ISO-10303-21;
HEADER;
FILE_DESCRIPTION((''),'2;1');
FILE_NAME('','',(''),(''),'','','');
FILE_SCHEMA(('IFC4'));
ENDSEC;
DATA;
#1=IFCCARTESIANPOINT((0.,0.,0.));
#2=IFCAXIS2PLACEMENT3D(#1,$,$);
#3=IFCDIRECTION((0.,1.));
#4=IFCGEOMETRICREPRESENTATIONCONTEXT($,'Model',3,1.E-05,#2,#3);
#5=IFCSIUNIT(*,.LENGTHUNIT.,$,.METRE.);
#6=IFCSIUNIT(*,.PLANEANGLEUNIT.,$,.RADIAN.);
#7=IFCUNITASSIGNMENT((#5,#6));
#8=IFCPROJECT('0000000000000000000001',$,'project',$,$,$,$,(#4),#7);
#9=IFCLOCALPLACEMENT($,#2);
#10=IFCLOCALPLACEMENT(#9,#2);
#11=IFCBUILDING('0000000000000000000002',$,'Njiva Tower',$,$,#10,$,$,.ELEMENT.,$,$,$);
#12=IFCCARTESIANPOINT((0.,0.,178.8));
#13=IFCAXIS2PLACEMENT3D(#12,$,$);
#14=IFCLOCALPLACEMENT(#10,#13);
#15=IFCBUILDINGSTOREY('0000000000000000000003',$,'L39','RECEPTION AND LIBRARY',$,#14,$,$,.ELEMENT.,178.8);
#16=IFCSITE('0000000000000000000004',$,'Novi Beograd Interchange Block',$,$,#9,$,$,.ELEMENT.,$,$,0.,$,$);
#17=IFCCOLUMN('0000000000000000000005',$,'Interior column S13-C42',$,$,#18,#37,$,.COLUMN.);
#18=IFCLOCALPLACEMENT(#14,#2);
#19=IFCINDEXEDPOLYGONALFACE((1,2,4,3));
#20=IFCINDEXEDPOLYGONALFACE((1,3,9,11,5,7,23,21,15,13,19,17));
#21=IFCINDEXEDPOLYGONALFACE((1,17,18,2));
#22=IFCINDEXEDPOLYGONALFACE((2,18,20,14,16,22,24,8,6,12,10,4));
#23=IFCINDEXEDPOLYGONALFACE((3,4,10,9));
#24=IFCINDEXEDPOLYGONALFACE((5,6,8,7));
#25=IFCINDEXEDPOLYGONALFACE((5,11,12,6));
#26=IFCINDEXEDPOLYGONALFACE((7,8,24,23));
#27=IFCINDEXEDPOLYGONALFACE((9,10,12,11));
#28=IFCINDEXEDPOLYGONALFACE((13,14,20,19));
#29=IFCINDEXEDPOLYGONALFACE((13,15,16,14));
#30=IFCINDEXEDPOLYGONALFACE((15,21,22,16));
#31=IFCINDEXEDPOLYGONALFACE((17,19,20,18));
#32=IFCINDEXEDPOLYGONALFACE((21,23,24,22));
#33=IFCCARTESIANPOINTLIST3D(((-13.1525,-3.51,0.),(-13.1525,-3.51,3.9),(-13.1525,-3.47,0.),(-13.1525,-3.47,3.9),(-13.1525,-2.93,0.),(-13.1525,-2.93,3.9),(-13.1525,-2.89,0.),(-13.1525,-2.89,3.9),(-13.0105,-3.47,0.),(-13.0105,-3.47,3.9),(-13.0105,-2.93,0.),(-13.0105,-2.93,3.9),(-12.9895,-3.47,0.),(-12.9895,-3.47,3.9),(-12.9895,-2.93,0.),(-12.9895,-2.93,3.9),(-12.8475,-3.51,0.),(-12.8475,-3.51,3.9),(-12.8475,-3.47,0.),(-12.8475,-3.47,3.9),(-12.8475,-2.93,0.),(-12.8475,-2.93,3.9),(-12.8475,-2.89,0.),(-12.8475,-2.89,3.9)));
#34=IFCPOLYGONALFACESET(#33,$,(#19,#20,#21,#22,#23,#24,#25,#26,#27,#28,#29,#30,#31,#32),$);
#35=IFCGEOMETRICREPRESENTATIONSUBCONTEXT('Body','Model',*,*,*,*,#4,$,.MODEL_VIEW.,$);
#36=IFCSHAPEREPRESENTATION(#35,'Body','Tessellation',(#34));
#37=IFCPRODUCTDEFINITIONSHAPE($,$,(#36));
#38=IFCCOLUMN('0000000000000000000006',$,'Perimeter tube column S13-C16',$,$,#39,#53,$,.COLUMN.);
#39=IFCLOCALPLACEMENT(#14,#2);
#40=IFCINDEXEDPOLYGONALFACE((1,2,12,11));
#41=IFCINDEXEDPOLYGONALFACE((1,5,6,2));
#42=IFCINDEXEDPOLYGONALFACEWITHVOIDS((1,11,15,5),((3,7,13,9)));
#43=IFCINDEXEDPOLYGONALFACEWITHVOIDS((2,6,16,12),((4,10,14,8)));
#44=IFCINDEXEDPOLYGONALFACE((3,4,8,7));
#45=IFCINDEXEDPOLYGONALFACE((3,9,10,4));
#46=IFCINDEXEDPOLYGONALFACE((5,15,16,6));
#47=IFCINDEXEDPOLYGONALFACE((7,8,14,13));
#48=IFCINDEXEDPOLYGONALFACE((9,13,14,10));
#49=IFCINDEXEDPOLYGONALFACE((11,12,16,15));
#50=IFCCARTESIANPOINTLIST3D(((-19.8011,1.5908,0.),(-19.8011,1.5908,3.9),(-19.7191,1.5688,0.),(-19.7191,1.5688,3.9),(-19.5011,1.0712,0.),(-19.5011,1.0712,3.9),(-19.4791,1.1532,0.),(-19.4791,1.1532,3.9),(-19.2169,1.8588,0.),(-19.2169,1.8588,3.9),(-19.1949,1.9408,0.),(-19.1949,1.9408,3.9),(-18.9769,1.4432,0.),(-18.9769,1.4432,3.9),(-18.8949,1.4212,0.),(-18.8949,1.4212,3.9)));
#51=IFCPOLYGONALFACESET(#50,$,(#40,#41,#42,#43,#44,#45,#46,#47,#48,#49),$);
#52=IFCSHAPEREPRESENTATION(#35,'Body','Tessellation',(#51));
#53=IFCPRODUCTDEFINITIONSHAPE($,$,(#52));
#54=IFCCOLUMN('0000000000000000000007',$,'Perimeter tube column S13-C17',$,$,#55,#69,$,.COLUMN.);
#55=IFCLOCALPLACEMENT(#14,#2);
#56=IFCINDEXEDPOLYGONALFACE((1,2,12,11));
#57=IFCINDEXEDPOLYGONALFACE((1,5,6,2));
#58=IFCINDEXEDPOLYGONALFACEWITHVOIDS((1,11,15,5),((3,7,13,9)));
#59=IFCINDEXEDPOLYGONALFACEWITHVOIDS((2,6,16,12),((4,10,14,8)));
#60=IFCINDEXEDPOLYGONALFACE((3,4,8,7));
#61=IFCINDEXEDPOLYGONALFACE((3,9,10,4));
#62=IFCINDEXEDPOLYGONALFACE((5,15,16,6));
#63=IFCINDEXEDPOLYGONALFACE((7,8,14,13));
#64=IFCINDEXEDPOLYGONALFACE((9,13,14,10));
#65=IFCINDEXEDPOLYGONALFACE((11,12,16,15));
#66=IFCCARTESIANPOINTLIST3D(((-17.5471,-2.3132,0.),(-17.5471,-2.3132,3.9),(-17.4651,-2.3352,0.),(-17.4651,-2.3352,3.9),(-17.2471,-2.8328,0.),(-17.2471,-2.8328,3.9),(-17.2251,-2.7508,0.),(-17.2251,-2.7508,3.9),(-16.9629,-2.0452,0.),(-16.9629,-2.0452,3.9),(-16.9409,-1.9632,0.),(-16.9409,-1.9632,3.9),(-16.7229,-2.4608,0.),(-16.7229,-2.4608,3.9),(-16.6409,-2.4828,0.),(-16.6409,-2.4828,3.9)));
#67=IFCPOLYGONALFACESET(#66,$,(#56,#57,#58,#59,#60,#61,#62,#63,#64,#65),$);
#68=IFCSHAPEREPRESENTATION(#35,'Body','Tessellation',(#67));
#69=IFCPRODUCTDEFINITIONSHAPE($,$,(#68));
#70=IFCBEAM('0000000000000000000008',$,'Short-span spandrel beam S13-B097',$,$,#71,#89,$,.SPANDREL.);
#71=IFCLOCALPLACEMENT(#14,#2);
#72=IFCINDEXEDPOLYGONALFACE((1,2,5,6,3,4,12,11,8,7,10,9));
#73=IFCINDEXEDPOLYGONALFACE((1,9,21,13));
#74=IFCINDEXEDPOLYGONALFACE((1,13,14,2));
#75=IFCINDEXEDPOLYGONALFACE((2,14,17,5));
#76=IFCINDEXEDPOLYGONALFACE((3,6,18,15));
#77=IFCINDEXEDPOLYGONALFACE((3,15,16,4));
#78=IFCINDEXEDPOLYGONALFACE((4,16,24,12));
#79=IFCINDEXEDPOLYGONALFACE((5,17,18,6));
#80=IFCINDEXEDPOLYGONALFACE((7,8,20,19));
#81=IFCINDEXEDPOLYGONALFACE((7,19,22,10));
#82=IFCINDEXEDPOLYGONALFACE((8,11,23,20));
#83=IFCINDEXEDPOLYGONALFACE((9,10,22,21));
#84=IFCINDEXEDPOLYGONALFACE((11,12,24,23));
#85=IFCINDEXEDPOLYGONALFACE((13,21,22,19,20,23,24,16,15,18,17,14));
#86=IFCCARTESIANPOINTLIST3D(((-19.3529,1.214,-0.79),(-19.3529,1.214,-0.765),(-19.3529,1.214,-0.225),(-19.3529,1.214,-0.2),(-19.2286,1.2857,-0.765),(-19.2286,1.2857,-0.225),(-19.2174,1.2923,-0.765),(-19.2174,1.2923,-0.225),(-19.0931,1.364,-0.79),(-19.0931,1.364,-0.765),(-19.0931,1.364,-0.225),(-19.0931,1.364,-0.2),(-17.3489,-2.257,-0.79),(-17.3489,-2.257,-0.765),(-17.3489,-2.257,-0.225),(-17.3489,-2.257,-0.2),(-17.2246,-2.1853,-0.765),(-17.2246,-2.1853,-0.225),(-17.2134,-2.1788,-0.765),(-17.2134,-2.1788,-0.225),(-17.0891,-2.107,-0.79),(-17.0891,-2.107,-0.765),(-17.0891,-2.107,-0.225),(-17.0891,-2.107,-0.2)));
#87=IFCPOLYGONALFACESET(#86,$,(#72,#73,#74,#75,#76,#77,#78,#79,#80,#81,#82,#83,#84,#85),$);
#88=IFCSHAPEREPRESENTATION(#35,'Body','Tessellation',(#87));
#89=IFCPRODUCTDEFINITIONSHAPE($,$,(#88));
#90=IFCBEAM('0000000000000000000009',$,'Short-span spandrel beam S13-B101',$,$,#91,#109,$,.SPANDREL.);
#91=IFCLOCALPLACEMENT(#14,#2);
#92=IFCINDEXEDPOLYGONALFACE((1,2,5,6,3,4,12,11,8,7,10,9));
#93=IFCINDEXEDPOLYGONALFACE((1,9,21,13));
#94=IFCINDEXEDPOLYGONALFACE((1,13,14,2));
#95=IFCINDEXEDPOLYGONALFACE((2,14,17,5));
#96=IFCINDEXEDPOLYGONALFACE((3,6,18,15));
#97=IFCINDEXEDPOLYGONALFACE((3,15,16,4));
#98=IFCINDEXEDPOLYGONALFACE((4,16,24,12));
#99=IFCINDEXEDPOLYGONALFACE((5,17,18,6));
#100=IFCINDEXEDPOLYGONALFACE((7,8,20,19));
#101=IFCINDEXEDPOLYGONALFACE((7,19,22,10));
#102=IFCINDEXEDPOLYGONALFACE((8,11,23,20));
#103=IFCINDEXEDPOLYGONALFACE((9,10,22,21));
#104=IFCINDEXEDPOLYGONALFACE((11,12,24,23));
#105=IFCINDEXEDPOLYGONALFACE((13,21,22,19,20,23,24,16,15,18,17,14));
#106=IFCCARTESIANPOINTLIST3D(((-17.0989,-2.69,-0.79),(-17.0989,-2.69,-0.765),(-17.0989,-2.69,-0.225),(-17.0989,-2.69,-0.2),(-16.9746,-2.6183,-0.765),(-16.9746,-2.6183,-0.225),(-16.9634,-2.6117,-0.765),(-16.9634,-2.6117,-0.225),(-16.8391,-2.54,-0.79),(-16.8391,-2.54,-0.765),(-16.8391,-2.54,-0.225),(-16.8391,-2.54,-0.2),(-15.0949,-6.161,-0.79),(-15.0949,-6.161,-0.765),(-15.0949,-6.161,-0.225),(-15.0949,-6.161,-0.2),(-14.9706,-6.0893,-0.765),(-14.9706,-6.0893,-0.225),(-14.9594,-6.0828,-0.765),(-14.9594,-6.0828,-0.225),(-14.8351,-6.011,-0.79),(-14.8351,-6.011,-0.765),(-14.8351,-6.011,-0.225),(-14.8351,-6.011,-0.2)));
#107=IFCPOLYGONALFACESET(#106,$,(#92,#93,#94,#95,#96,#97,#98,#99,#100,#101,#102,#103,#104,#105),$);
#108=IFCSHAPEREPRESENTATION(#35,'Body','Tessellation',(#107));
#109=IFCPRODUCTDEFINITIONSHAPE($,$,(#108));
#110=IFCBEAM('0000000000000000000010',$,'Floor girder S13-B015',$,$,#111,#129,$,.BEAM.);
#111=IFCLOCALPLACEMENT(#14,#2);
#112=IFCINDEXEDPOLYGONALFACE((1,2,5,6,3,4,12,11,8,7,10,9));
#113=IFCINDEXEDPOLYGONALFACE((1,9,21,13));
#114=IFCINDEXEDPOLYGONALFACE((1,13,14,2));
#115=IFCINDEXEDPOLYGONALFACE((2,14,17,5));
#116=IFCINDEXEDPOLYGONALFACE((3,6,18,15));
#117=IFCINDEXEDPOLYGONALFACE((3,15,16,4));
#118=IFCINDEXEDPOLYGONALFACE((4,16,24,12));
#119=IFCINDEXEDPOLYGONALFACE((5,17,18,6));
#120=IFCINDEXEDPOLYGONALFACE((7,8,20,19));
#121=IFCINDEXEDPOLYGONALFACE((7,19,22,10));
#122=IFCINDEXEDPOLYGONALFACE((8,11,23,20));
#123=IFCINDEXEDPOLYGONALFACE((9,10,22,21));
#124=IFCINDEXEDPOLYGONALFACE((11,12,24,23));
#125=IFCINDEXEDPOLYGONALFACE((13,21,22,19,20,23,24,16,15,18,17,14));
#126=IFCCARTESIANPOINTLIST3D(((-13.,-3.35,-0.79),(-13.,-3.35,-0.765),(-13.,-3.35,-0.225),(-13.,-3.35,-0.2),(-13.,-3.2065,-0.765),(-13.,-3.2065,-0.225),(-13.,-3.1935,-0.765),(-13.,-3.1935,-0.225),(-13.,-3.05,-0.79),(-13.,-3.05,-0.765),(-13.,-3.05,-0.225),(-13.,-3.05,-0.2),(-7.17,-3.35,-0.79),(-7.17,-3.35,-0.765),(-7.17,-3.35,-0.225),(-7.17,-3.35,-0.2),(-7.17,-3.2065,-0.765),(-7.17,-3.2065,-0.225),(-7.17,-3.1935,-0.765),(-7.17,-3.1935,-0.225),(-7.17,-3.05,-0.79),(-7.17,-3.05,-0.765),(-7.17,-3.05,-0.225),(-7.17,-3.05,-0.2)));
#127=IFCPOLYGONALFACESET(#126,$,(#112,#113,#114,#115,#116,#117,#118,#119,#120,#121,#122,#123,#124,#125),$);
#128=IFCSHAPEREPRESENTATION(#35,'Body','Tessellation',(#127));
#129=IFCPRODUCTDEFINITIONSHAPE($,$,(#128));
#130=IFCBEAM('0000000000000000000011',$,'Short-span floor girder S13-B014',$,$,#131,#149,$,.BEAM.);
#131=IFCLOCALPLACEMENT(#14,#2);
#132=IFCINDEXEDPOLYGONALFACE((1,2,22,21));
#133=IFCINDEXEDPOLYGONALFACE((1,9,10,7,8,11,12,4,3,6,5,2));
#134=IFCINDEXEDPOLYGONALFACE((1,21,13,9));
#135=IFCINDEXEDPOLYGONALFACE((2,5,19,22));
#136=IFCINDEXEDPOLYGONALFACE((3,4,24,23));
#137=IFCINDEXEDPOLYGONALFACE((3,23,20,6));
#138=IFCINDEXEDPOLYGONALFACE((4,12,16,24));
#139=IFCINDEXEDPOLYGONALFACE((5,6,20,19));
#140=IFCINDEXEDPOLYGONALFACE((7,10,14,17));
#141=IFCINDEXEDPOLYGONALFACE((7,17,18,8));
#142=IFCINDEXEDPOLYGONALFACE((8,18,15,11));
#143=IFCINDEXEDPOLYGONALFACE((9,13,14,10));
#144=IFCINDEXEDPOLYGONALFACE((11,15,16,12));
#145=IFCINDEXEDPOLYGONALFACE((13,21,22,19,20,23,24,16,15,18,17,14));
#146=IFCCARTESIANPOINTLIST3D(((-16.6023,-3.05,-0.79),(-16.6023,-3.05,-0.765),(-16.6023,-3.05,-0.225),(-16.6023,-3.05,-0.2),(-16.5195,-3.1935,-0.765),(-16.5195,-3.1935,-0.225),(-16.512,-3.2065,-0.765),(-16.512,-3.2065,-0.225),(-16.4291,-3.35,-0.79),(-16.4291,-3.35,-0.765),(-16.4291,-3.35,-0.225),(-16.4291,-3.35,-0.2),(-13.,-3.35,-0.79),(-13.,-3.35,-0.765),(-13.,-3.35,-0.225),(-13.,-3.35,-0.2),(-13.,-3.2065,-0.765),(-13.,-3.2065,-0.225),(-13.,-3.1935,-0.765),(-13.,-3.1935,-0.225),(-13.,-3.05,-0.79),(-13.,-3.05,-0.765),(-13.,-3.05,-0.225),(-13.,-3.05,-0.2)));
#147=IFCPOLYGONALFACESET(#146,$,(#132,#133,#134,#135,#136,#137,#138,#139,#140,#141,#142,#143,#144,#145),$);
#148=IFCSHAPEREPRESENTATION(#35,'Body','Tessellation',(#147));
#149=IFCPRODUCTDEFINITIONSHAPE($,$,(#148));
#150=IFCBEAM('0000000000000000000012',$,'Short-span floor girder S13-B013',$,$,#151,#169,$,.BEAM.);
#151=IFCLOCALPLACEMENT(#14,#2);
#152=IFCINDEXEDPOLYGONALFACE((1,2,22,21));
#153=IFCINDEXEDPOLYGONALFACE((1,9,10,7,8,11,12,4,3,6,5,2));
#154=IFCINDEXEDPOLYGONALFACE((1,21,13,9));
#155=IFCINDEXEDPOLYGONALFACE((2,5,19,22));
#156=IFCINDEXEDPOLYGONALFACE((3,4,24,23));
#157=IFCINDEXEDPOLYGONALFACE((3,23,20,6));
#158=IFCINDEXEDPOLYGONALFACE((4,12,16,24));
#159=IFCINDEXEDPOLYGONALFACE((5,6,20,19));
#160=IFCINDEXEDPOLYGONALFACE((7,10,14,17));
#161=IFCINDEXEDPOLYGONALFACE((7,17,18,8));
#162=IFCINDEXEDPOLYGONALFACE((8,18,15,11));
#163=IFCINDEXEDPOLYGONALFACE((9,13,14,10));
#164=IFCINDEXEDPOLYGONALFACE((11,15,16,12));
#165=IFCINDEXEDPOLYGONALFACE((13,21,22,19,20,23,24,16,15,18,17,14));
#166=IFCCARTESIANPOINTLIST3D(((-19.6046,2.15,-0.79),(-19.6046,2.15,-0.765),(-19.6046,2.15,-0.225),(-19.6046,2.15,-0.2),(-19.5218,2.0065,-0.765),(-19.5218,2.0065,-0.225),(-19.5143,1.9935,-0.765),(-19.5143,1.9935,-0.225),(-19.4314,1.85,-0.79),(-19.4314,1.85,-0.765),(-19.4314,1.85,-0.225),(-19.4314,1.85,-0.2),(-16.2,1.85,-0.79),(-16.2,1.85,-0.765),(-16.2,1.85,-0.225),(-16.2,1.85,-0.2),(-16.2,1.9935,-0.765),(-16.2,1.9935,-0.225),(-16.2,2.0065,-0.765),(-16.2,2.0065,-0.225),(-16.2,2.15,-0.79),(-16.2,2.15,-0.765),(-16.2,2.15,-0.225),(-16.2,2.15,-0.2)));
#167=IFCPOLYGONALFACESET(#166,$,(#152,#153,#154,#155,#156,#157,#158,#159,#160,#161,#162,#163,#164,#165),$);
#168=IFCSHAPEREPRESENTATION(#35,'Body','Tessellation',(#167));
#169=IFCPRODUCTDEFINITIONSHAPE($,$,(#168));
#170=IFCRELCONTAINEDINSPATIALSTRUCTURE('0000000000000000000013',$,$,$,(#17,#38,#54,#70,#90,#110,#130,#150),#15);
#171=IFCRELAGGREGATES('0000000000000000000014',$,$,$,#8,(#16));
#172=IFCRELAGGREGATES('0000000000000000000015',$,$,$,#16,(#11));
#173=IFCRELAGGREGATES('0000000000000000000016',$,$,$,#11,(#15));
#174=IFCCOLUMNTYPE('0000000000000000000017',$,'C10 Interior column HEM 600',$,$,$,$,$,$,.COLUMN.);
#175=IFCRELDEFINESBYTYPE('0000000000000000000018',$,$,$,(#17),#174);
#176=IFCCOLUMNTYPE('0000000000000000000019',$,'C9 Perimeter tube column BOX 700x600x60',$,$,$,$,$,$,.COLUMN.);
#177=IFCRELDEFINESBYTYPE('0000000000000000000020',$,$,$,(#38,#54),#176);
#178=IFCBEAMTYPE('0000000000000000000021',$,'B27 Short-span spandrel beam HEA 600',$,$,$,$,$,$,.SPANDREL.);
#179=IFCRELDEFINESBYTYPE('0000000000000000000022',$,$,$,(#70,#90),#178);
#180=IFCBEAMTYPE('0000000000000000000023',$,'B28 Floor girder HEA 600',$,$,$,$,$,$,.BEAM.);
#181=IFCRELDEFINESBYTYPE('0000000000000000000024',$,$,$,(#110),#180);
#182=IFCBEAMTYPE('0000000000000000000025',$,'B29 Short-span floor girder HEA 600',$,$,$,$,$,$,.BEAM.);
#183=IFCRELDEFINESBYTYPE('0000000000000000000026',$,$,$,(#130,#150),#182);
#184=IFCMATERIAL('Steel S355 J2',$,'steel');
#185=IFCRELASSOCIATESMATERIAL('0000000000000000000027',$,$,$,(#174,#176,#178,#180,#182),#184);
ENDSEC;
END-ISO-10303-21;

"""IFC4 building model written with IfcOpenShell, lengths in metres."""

from ifc_helpers import new_model, si_unit, direction, frame, origin, origin_2d, place, context, subcontext, project, spatial, hollow_rectangle, i_section, extrude, clip, halfspace, material, material_profile, profile_set, type_object, element, save


model = new_model("IFC4")

# Units and contexts
model_context = context("Model", 3, precision=1e-05, world=origin(), true_north=direction((0.0, 1.0)))
body_context = subcontext(model_context, "Body", "Model", "MODEL_VIEW")
ifc_project = project(units=[si_unit("LENGTHUNIT", "METRE"), si_unit("PLANEANGLEUNIT", "RADIAN")], contexts=[model_context])

# Site, building, storey
site_placement = place(None, origin())
site = spatial("IfcSite", under=ifc_project, at=site_placement, Name="Novi Beograd Interchange Block", CompositionType="ELEMENT", RefElevation=0.0)
building_placement = place(site_placement, origin())
building = spatial("IfcBuilding", under=site, at=building_placement, Name="Njiva Tower", CompositionType="ELEMENT")
storey_placement = place(building_placement, frame((0.0, 0.0, 178.8)))
storey = spatial("IfcBuildingStorey", under=building, at=storey_placement, Name="L39", Description="RECEPTION AND LIBRARY", CompositionType="ELEMENT", Elevation=178.8)

# Columns
ifc_material_1 = material(Name="Steel S355 J2", Category="steel")
ifc_material_profile_1 = material_profile(ifc_material_1, i_section(OverallWidth=0.305, OverallDepth=0.62, WebThickness=0.021, FlangeThickness=0.04, at=origin_2d()), Name="HEM 600")
ifc_profile_set_1 = profile_set([ifc_material_profile_1], Name="Steel S355 J2")
column_type_1 = type_object("IfcColumnType", Name="C10 Interior column HEM 600", PredefinedType="COLUMN", material=ifc_profile_set_1)
column_placement = place(storey_placement, frame((-13.0, -3.2, 0.0), z_axis=(0.0, 0.0, 1.0), x_axis=(1.0, 0.0, 0.0)))
element("IfcColumn", 1, at=column_placement, inside=storey, type_object=column_type_1, Name="Interior column S13-C42", PredefinedType="COLUMN", context=body_context, shape_type="SweptSolid", body=[
    extrude(i_section(OverallWidth=0.305, OverallDepth=0.62, WebThickness=0.021, FlangeThickness=0.04, at=origin_2d()), origin(), (0.0, 0.0, 1.0), 3.9),
])
ifc_material_profile_2 = material_profile(ifc_material_1, hollow_rectangle(XDim=0.6, YDim=0.7, WallThickness=0.06, at=origin_2d()), Name="BOX 700x600x60")
ifc_profile_set_2 = profile_set([ifc_material_profile_2], Name="Steel S355 J2")
column_type_2 = type_object("IfcColumnType", Name="C9 Perimeter tube column BOX 700x600x60", PredefinedType="COLUMN", material=ifc_profile_set_2)
for number, where, z_axis, x_axis, name in (
    (2, (-19.348, 1.506, 0.0), (0.0, 0.0, 1.0), (0.5, -0.866025, 0.0), "Perimeter tube column S13-C16"),
    (3, (-17.094, -2.398, 0.0), (0.0, 0.0, 1.0), (0.5, -0.866025, 0.0), "Perimeter tube column S13-C17"),
):
    element("IfcColumn", number, at=place(storey_placement, frame(where, z_axis=z_axis, x_axis=x_axis)), inside=storey, type_object=column_type_2, Name=name, PredefinedType="COLUMN", context=body_context, shape_type="SweptSolid", body=[
        extrude(hollow_rectangle(XDim=0.6, YDim=0.7, WallThickness=0.06, at=origin_2d()), origin(), (0.0, 0.0, 1.0), 3.9),
    ])

# Beams
ifc_material_profile_3 = material_profile(ifc_material_1, i_section(OverallWidth=0.3, OverallDepth=0.59, WebThickness=0.013, FlangeThickness=0.025, at=origin_2d()), Name="HEA 600")
ifc_profile_set_3 = profile_set([ifc_material_profile_3], Name="Steel S355 J2")
beam_type_1 = type_object("IfcBeamType", Name="B27 Short-span spandrel beam HEA 600", PredefinedType="SPANDREL", material=ifc_profile_set_3)
for number, where, z_axis, x_axis, name in (
    (4, (-19.223, 1.289, -0.495), (0.500003, -0.866024, 0.0), (0.866024, 0.500003, 0.0), "Short-span spandrel beam S13-B097"),
    (5, (-16.969, -2.615, -0.495), (0.500003, -0.866024, 0.0), (0.866024, 0.500003, 0.0), "Short-span spandrel beam S13-B101"),
):
    element("IfcBeam", number, at=place(storey_placement, frame(where, z_axis=z_axis, x_axis=x_axis)), inside=storey, type_object=beam_type_1, Name=name, PredefinedType="SPANDREL", context=body_context, shape_type="SweptSolid", body=[
        extrude(i_section(OverallWidth=0.3, OverallDepth=0.59, WebThickness=0.013, FlangeThickness=0.025, at=origin_2d()), origin(), (0.0, 0.0, 1.0), 4.008),
    ])
ifc_material_profile_4 = material_profile(ifc_material_1, i_section(OverallWidth=0.3, OverallDepth=0.59, WebThickness=0.013, FlangeThickness=0.025, at=origin_2d()), Name="HEA 600")
ifc_profile_set_4 = profile_set([ifc_material_profile_4], Name="Steel S355 J2")
beam_type_2 = type_object("IfcBeamType", Name="B28 Floor girder HEA 600", PredefinedType="BEAM", material=ifc_profile_set_4)
beam_1_placement = place(storey_placement, frame((-13.0, -3.2, -0.495), z_axis=(1.0, 0.0, 0.0), x_axis=(0.0, 1.0, 0.0)))
element("IfcBeam", 6, at=beam_1_placement, inside=storey, type_object=beam_type_2, Name="Floor girder S13-B015", PredefinedType="BEAM", context=body_context, shape_type="SweptSolid", body=[
    extrude(i_section(OverallWidth=0.3, OverallDepth=0.59, WebThickness=0.013, FlangeThickness=0.025, at=origin_2d()), origin(), (0.0, 0.0, 1.0), 5.83),
])
ifc_material_profile_5 = material_profile(ifc_material_1, i_section(OverallWidth=0.3, OverallDepth=0.59, WebThickness=0.013, FlangeThickness=0.025, at=origin_2d()), Name="HEA 600")
ifc_profile_set_5 = profile_set([ifc_material_profile_5], Name="Steel S355 J2")
beam_type_3 = type_object("IfcBeamType", Name="B29 Short-span floor girder HEA 600", PredefinedType="BEAM", material=ifc_profile_set_5)
beam_2_placement = place(storey_placement, frame((-16.623, -3.2, -0.495), z_axis=(1.0, 0.0, 0.0), x_axis=(0.0, 1.0, 0.0)))
element("IfcBeam", 7, at=beam_2_placement, inside=storey, type_object=beam_type_3, Name="Short-span floor girder S13-B014", PredefinedType="BEAM", context=body_context, shape_type="Clipping", body=[
    clip(extrude(i_section(OverallWidth=0.3, OverallDepth=0.59, WebThickness=0.013, FlangeThickness=0.025, at=origin_2d()), origin(), (0.0, 0.0, 1.0), 3.623), halfspace(frame((-0.025, 0.0, 0.1217), z_axis=(-0.499998, 0.0, -0.866027), x_axis=(0.0, -1.0, 0.0)), False)),
])
beam_3_placement = place(storey_placement, frame((-19.625, 2.0, -0.495), z_axis=(1.0, 0.0, 0.0), x_axis=(0.0, 1.0, 0.0)))
element("IfcBeam", 8, at=beam_3_placement, inside=storey, type_object=beam_type_3, Name="Short-span floor girder S13-B013", PredefinedType="BEAM", context=body_context, shape_type="Clipping", body=[
    clip(extrude(i_section(OverallWidth=0.3, OverallDepth=0.59, WebThickness=0.013, FlangeThickness=0.025, at=origin_2d()), origin(), (0.0, 0.0, 1.0), 3.425), halfspace(frame((-0.025, 0.0, 0.1214), z_axis=(-0.499998, 0.0, -0.866027), x_axis=(0.0, -1.0, 0.0)), False)),
])

save(model, "model.ifc")
